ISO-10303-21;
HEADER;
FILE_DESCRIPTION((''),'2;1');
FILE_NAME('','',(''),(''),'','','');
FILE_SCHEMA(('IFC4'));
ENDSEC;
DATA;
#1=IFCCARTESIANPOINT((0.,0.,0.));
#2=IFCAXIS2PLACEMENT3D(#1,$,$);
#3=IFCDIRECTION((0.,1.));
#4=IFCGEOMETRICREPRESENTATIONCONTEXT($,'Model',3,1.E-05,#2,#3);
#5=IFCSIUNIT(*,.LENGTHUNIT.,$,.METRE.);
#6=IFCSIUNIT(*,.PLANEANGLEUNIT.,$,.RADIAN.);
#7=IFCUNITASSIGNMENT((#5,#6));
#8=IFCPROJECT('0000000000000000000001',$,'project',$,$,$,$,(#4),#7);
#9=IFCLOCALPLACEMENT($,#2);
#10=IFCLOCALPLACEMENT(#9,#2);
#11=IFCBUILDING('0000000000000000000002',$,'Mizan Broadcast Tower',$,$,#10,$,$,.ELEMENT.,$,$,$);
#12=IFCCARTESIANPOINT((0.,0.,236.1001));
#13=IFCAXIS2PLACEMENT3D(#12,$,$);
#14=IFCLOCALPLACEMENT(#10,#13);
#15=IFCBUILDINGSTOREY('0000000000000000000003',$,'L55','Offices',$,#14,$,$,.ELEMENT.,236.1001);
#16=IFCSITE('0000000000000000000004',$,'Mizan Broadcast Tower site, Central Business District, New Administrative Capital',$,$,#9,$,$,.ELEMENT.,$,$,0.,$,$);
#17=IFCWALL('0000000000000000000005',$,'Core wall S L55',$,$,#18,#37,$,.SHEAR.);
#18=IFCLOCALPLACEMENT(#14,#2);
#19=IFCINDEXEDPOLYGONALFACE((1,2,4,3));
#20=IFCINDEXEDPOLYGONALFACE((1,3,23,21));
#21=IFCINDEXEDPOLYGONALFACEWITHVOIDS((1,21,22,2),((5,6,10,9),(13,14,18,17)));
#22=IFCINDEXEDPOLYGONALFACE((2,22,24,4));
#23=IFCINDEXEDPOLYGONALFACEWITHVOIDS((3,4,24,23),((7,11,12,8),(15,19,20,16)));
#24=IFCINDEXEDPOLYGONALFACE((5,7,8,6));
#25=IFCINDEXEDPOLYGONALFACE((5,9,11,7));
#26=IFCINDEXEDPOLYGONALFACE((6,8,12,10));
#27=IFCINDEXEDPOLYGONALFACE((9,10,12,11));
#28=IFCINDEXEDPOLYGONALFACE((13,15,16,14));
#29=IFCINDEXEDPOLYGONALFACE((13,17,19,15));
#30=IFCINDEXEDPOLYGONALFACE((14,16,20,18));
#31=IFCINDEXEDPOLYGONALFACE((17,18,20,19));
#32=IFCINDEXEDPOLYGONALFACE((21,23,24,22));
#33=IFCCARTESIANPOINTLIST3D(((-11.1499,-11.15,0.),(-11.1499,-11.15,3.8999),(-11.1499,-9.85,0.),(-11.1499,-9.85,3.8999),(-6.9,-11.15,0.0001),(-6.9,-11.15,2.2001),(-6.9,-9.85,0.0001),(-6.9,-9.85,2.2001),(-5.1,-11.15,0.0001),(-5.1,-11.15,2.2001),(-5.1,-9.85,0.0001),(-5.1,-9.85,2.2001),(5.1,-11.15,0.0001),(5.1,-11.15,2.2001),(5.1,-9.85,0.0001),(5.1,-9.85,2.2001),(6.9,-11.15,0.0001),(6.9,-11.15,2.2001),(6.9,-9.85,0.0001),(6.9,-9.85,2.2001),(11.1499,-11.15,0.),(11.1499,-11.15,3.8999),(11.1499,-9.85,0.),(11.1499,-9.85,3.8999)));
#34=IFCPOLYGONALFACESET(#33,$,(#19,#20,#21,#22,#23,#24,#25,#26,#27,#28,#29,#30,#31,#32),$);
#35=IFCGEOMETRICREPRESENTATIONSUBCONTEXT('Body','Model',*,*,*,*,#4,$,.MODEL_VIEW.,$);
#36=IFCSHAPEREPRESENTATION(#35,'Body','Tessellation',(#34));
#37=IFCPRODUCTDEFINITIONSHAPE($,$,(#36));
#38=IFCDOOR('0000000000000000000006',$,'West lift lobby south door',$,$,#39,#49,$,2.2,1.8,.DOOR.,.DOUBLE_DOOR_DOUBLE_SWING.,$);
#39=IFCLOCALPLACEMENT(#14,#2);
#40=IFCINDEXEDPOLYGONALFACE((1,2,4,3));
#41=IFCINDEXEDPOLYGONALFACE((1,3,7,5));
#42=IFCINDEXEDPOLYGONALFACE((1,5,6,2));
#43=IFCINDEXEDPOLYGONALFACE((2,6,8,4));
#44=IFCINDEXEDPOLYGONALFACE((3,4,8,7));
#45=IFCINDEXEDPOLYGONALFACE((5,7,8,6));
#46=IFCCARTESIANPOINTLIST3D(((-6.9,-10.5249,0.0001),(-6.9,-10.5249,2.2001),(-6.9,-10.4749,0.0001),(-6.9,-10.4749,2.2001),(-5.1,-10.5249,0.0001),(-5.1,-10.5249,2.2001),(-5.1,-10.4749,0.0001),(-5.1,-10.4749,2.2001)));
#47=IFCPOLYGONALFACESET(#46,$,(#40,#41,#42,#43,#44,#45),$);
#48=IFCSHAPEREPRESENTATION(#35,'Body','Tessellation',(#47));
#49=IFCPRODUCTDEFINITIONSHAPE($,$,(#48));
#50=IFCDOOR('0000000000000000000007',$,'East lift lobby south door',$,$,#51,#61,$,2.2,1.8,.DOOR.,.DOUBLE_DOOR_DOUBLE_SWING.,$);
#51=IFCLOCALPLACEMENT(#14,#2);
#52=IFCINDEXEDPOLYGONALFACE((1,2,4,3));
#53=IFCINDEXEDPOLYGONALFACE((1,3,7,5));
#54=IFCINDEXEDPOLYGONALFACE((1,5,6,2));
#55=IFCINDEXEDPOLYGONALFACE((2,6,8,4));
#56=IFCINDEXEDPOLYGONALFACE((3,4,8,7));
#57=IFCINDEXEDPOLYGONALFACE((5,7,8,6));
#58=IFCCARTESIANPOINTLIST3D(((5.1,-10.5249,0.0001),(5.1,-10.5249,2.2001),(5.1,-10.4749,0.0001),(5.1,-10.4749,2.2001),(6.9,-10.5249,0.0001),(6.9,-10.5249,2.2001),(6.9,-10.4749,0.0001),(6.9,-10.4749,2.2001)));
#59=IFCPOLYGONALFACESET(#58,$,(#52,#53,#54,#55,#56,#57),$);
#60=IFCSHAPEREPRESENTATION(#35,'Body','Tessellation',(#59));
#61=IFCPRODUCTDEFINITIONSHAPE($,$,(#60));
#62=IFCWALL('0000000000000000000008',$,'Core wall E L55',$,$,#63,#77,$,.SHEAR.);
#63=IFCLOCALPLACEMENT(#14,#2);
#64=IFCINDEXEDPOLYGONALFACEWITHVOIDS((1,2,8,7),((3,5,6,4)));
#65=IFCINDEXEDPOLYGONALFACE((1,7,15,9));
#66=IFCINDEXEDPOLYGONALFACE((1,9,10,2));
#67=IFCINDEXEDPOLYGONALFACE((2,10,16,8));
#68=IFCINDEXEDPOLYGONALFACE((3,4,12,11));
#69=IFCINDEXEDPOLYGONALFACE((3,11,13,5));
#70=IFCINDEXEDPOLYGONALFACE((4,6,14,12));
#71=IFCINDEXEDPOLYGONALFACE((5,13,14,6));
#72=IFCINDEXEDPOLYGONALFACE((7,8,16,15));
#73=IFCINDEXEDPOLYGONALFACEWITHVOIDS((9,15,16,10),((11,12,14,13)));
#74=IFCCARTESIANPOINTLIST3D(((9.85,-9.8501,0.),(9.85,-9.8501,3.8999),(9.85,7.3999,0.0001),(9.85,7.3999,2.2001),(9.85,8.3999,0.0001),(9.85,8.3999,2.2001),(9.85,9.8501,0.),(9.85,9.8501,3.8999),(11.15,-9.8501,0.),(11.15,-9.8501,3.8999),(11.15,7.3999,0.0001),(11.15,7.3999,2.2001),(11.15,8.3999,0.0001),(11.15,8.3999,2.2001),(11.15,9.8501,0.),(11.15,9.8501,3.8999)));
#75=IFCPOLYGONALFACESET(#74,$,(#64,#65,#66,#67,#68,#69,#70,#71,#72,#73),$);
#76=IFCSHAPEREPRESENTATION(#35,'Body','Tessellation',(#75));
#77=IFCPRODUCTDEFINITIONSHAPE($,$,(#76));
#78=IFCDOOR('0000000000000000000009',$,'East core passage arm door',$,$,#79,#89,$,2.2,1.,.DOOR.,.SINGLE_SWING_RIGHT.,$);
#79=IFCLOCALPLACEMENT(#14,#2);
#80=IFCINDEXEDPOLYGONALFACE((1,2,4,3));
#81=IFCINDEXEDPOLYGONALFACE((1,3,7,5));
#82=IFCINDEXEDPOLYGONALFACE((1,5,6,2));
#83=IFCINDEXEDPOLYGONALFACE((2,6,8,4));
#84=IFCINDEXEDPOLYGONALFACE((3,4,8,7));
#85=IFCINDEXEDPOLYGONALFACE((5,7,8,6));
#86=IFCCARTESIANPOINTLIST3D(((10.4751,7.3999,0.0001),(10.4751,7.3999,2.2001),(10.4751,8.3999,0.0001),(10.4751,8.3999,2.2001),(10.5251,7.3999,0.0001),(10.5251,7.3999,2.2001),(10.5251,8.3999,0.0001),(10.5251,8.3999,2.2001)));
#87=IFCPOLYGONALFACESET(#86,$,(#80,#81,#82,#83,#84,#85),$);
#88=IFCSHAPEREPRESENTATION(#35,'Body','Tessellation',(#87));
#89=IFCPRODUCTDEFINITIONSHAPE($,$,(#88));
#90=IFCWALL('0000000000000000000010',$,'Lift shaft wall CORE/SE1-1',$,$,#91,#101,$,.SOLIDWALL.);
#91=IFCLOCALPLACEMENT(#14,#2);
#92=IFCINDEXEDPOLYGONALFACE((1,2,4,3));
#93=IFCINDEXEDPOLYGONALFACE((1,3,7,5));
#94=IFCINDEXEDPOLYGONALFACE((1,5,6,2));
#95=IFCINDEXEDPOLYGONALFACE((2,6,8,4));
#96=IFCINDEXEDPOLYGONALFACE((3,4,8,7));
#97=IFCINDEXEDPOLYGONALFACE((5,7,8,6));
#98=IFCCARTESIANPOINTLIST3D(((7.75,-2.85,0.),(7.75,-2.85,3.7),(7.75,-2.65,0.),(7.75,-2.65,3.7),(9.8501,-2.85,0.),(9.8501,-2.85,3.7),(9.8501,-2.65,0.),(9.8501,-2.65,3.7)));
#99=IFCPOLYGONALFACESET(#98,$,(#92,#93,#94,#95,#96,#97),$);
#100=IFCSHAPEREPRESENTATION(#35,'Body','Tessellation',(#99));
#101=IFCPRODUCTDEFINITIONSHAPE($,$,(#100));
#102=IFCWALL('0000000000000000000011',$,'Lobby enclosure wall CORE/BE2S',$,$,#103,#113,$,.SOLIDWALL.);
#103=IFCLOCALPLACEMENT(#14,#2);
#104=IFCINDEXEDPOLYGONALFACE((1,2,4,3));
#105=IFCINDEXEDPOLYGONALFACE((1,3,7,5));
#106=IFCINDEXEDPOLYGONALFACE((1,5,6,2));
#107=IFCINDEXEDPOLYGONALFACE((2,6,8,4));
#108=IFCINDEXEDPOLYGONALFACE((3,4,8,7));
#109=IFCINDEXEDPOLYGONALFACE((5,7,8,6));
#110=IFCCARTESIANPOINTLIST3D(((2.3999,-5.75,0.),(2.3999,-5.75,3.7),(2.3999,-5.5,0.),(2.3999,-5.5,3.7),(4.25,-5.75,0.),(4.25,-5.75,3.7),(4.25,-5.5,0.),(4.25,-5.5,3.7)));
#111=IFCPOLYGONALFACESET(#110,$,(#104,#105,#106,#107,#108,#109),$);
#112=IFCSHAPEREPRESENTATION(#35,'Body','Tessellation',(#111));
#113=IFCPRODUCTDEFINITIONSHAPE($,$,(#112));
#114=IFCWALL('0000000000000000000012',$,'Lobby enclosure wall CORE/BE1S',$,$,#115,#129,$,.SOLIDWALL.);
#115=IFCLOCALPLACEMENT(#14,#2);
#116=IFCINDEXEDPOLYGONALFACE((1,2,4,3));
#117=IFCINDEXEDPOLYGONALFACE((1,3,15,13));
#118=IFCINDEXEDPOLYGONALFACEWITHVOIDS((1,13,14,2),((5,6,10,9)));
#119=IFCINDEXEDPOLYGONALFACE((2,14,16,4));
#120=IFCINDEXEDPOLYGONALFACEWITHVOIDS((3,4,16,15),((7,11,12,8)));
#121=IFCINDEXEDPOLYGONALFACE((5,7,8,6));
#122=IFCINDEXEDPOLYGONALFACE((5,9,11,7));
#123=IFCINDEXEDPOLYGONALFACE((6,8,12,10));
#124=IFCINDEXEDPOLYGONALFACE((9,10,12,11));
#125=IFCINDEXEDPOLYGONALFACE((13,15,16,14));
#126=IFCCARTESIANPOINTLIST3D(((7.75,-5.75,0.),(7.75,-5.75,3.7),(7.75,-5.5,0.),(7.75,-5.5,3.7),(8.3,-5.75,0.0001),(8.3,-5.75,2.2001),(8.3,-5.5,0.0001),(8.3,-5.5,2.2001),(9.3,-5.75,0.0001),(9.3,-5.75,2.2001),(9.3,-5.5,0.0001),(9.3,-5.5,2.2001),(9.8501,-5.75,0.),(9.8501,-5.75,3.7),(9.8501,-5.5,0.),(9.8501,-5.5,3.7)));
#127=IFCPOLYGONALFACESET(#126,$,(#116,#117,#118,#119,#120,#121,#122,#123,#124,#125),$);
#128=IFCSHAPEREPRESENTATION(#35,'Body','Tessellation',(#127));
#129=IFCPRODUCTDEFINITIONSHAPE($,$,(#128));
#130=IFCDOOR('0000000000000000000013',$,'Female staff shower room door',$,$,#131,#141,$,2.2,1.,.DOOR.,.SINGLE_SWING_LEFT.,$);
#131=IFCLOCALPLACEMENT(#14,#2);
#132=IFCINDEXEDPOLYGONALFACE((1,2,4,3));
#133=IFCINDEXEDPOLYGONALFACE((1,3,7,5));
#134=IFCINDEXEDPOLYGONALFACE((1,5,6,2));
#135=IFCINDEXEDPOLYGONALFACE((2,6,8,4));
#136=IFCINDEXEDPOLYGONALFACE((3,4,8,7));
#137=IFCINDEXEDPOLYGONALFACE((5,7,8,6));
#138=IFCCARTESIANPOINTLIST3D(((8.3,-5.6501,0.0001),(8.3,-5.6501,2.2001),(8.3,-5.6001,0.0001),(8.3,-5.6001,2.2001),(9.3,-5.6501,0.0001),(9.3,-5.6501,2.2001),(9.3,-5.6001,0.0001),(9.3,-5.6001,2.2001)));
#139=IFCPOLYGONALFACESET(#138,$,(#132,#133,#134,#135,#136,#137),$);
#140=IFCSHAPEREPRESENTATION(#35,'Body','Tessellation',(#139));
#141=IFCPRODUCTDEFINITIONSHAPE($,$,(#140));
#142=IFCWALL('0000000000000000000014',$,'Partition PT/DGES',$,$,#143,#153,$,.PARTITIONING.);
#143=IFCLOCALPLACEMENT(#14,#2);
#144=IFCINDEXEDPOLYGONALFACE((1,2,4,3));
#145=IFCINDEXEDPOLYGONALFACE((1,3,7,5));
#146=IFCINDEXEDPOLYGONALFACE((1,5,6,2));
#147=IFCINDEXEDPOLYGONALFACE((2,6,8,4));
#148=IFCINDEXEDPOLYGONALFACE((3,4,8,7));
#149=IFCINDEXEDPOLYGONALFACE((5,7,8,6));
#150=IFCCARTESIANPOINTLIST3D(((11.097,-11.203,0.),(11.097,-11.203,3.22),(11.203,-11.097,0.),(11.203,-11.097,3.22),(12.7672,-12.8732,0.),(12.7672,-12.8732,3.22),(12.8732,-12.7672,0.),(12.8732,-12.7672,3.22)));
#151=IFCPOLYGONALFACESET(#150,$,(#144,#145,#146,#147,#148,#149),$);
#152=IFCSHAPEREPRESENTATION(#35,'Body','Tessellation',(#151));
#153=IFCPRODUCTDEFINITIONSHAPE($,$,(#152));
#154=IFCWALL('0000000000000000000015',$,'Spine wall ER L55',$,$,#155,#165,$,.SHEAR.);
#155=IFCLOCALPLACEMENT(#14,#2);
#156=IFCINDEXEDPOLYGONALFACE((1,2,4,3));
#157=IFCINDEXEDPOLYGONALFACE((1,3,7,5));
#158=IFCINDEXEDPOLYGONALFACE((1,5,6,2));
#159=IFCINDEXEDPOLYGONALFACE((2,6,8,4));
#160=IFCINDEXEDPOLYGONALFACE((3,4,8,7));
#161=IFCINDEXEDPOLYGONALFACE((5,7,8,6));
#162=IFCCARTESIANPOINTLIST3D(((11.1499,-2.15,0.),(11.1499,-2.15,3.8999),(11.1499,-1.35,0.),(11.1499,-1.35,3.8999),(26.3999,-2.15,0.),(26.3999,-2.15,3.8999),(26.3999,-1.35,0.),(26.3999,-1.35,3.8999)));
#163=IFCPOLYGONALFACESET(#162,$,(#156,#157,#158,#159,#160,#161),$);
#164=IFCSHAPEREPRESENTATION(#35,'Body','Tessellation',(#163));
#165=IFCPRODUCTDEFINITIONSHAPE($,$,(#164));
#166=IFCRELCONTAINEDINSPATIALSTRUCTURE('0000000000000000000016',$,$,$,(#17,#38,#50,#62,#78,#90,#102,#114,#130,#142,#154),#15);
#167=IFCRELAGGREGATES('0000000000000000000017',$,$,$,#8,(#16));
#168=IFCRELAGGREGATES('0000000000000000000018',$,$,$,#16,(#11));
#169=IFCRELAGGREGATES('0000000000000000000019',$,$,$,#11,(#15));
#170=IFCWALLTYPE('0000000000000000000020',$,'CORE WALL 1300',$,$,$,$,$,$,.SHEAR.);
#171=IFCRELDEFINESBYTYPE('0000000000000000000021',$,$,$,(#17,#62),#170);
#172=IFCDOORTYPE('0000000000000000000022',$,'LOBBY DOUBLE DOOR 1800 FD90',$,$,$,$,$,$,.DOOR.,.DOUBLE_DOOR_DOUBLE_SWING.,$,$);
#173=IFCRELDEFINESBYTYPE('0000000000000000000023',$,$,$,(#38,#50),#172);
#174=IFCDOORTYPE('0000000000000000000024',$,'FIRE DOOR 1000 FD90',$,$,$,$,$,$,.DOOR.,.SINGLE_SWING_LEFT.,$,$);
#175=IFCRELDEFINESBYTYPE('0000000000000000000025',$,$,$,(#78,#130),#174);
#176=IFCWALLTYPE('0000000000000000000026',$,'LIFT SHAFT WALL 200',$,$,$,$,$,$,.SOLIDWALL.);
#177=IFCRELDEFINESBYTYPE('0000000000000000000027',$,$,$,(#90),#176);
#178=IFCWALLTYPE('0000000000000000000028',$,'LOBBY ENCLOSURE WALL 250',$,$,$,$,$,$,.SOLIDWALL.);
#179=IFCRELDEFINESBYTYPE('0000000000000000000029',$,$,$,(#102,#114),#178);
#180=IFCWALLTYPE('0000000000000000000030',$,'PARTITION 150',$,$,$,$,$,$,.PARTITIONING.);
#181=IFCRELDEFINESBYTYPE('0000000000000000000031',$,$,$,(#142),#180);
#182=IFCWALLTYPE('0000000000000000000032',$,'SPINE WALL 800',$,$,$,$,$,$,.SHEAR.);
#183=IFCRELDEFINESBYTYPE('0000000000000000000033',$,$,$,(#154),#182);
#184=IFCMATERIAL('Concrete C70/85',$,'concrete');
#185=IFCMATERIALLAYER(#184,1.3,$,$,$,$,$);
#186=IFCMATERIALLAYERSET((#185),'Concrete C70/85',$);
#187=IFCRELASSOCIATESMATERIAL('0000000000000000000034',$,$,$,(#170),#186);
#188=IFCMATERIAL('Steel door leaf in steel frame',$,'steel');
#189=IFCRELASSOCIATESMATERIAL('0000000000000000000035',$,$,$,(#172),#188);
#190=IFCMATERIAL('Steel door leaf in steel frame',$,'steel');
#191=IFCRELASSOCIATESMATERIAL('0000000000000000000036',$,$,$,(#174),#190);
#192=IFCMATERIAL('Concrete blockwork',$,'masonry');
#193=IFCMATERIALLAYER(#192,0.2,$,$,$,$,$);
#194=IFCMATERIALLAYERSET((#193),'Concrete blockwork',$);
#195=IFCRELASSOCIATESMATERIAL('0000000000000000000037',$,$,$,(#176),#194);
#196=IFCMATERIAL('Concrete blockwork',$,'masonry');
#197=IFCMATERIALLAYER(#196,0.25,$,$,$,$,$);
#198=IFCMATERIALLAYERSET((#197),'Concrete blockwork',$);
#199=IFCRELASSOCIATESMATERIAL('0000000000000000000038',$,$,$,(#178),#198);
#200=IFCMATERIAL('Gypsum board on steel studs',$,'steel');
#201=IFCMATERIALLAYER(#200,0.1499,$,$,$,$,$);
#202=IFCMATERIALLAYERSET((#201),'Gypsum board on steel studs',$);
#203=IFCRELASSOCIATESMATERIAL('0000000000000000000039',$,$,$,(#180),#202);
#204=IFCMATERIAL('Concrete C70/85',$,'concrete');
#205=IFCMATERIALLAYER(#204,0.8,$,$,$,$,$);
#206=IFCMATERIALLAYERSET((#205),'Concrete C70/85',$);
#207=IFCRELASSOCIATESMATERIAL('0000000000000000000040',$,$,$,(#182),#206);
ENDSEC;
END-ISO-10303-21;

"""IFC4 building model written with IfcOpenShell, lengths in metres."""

from ifc_helpers import new_model, si_unit, direction, frame, frame_2d, origin, place, context, subcontext, project, spatial, rectangle, extrude, material, layer, layer_set, type_object, element, fill, save


model = new_model("IFC4")

# Units and contexts
model_context = context("Model", 3, precision=1e-05, world=origin(), true_north=direction((0.0, 1.0)))
body_context = subcontext(model_context, "Body", "Model", "MODEL_VIEW")
ifc_project = project(units=[si_unit("LENGTHUNIT", "METRE"), si_unit("PLANEANGLEUNIT", "RADIAN")], contexts=[model_context])

# Site, building, storey
site_placement = place(None, origin())
site = spatial("IfcSite", under=ifc_project, at=site_placement, Name="Mizan Broadcast Tower site, Central Business District, New Administrative Capital", CompositionType="ELEMENT", RefElevation=0.0)
building_placement = place(site_placement, origin())
building = spatial("IfcBuilding", under=site, at=building_placement, Name="Mizan Broadcast Tower", CompositionType="ELEMENT")
storey_placement = place(building_placement, frame((0.0, 0.0, 236.1001)))
storey = spatial("IfcBuildingStorey", under=building, at=storey_placement, Name="L55", Description="Offices", CompositionType="ELEMENT", Elevation=236.1001)

# Wall, openings, doors
ifc_material_1 = material(Name="Concrete C70/85", Category="concrete")
ifc_layer_1 = layer(ifc_material_1, 1.3)
ifc_layer_set_1 = layer_set([ifc_layer_1], Name="Concrete C70/85")
wall_type_1 = type_object("IfcWallType", Name="CORE WALL 1300", PredefinedType="SHEAR", material=ifc_layer_set_1)
wall_1_placement = place(storey_placement, frame((11.1499, -10.5, 0.0), z_axis=(0.0, 0.0, 1.0), x_axis=(-1.0, 0.0, 0.0)))
wall_1 = element("IfcWall", 1, at=wall_1_placement, inside=storey, type_object=wall_type_1, Name="Core wall S L55", PredefinedType="SHEAR", context=body_context, shape_type="SweptSolid", body=[
    extrude(rectangle(XDim=22.2998, YDim=1.3, at=frame_2d((11.1499, 0.0))), origin(), (0.0, 0.0, 1.0), 3.8999),
])
opening_1_placement = place(wall_1_placement, frame((16.25, 0.0, 0.0)))
opening_1 = element("IfcOpeningElement", 2, at=opening_1_placement, cuts=wall_1, PredefinedType="OPENING", context=body_context, shape_type="SweptSolid", body=[
    extrude(rectangle(XDim=1.8, YDim=2.2, at=frame_2d((0.8999, 1.1001))), frame((0.0, 0.6599, 0.0), z_axis=(0.0, -1.0, 0.0), x_axis=(1.0, 0.0, 0.0)), (0.0, 0.0, 1.0), 1.3201),
])
opening_2_placement = place(wall_1_placement, frame((4.25, 0.0, 0.0)))
opening_2 = element("IfcOpeningElement", 3, at=opening_2_placement, cuts=wall_1, PredefinedType="OPENING", context=body_context, shape_type="SweptSolid", body=[
    extrude(rectangle(XDim=1.8, YDim=2.2, at=frame_2d((0.8999, 1.1001))), frame((0.0, 0.6599, 0.0), z_axis=(0.0, -1.0, 0.0), x_axis=(1.0, 0.0, 0.0)), (0.0, 0.0, 1.0), 1.3201),
])
ifc_material_2 = material(Name="Steel door leaf in steel frame", Category="steel")
door_type_1 = type_object("IfcDoorType", Name="LOBBY DOUBLE DOOR 1800 FD90", OperationType="DOUBLE_DOOR_DOUBLE_SWING", PredefinedType="DOOR", material=ifc_material_2)
door_1_placement = place(opening_1_placement, origin())
door_1 = element("IfcDoor", 4, at=door_1_placement, inside=storey, type_object=door_type_1, Name="West lift lobby south door", OperationType="DOUBLE_DOOR_DOUBLE_SWING", OverallHeight=2.2, OverallWidth=1.8, PredefinedType="DOOR", context=body_context, shape_type="SweptSolid", body=[
    extrude(rectangle(XDim=1.8, YDim=2.2, at=frame_2d((0.8999, 1.1001))), frame((0.0, 0.0249, 0.0), z_axis=(0.0, -1.0, 0.0), x_axis=(1.0, 0.0, 0.0)), (0.0, 0.0, 1.0), 0.05),
])
fill(opening_1, door_1)
door_2_placement = place(opening_2_placement, origin())
door_2 = element("IfcDoor", 5, at=door_2_placement, inside=storey, type_object=door_type_1, Name="East lift lobby south door", OperationType="DOUBLE_DOOR_DOUBLE_SWING", OverallHeight=2.2, OverallWidth=1.8, PredefinedType="DOOR", context=body_context, shape_type="SweptSolid", body=[
    extrude(rectangle(XDim=1.8, YDim=2.2, at=frame_2d((0.8999, 1.1001))), frame((0.0, 0.0249, 0.0), z_axis=(0.0, -1.0, 0.0), x_axis=(1.0, 0.0, 0.0)), (0.0, 0.0, 1.0), 0.05),
])
fill(opening_2, door_2)

# Wall, opening, door
wall_2_placement = place(storey_placement, frame((10.5, -9.8501, 0.0), z_axis=(0.0, 0.0, 1.0), x_axis=(0.0, 1.0, 0.0)))
wall_2 = element("IfcWall", 6, at=wall_2_placement, inside=storey, type_object=wall_type_1, Name="Core wall E L55", PredefinedType="SHEAR", context=body_context, shape_type="SweptSolid", body=[
    extrude(rectangle(XDim=19.7002, YDim=1.3, at=frame_2d((9.8501, 0.0))), origin(), (0.0, 0.0, 1.0), 3.8999),
])
opening_3_placement = place(wall_2_placement, frame((17.25, 0.0, 0.0)))
opening_3 = element("IfcOpeningElement", 7, at=opening_3_placement, cuts=wall_2, PredefinedType="OPENING", context=body_context, shape_type="SweptSolid", body=[
    extrude(rectangle(XDim=1.0, YDim=2.2, at=frame_2d((0.5, 1.1001))), frame((0.0, 0.6599, 0.0), z_axis=(0.0, -1.0, 0.0), x_axis=(1.0, 0.0, 0.0)), (0.0, 0.0, 1.0), 1.3201),
])
ifc_material_3 = material(Name="Steel door leaf in steel frame", Category="steel")
door_type_2 = type_object("IfcDoorType", Name="FIRE DOOR 1000 FD90", OperationType="SINGLE_SWING_LEFT", PredefinedType="DOOR", material=ifc_material_3)
door_3_placement = place(opening_3_placement, origin())
door_3 = element("IfcDoor", 8, at=door_3_placement, inside=storey, type_object=door_type_2, Name="East core passage arm door", OperationType="SINGLE_SWING_RIGHT", OverallHeight=2.2, OverallWidth=1.0, PredefinedType="DOOR", context=body_context, shape_type="SweptSolid", body=[
    extrude(rectangle(XDim=1.0, YDim=2.2, at=frame_2d((0.5, 1.1001))), frame((0.0, 0.0249, 0.0), z_axis=(0.0, -1.0, 0.0), x_axis=(1.0, 0.0, 0.0)), (0.0, 0.0, 1.0), 0.05),
])
fill(opening_3, door_3)

# Walls
ifc_material_4 = material(Name="Concrete blockwork", Category="masonry")
ifc_layer_2 = layer(ifc_material_4, 0.2)
ifc_layer_set_2 = layer_set([ifc_layer_2], Name="Concrete blockwork")
wall_type_2 = type_object("IfcWallType", Name="LIFT SHAFT WALL 200", PredefinedType="SOLIDWALL", material=ifc_layer_set_2)
wall_3_placement = place(storey_placement, frame((7.75, -2.75, 0.0), z_axis=(0.0, 0.0, 1.0), x_axis=(1.0, 0.0, 0.0)))
element("IfcWall", 9, at=wall_3_placement, inside=storey, type_object=wall_type_2, Name="Lift shaft wall CORE/SE1-1", PredefinedType="SOLIDWALL", context=body_context, shape_type="SweptSolid", body=[
    extrude(rectangle(XDim=2.1001, YDim=0.2, at=frame_2d((1.05, 0.0))), origin(), (0.0, 0.0, 1.0), 3.7),
])
ifc_material_5 = material(Name="Concrete blockwork", Category="masonry")
ifc_layer_3 = layer(ifc_material_5, 0.25)
ifc_layer_set_3 = layer_set([ifc_layer_3], Name="Concrete blockwork")
wall_type_3 = type_object("IfcWallType", Name="LOBBY ENCLOSURE WALL 250", PredefinedType="SOLIDWALL", material=ifc_layer_set_3)
wall_4_placement = place(storey_placement, frame((2.3999, -5.625, 0.0), z_axis=(0.0, 0.0, 1.0), x_axis=(1.0, 0.0, 0.0)))
element("IfcWall", 10, at=wall_4_placement, inside=storey, type_object=wall_type_3, Name="Lobby enclosure wall CORE/BE2S", PredefinedType="SOLIDWALL", context=body_context, shape_type="SweptSolid", body=[
    extrude(rectangle(XDim=1.8501, YDim=0.25, at=frame_2d((0.925, 0.0))), origin(), (0.0, 0.0, 1.0), 3.7),
])

# Wall, opening, door
wall_5_placement = place(storey_placement, frame((7.75, -5.625, 0.0), z_axis=(0.0, 0.0, 1.0), x_axis=(1.0, 0.0, 0.0)))
wall_5 = element("IfcWall", 11, at=wall_5_placement, inside=storey, type_object=wall_type_3, Name="Lobby enclosure wall CORE/BE1S", PredefinedType="SOLIDWALL", context=body_context, shape_type="SweptSolid", body=[
    extrude(rectangle(XDim=2.1001, YDim=0.25, at=frame_2d((1.05, 0.0))), origin(), (0.0, 0.0, 1.0), 3.7),
])
opening_4_placement = place(wall_5_placement, frame((0.55, 0.0, 0.0)))
opening_4 = element("IfcOpeningElement", 12, at=opening_4_placement, cuts=wall_5, PredefinedType="OPENING", context=body_context, shape_type="SweptSolid", body=[
    extrude(rectangle(XDim=1.0, YDim=2.2, at=frame_2d((0.5, 1.1001))), frame((0.0, 0.135, 0.0), z_axis=(0.0, -1.0, 0.0), x_axis=(1.0, 0.0, 0.0)), (0.0, 0.0, 1.0), 0.27),
])
door_4_placement = place(opening_4_placement, origin())
door_4 = element("IfcDoor", 13, at=door_4_placement, inside=storey, type_object=door_type_2, Name="Female staff shower room door", OperationType="SINGLE_SWING_LEFT", OverallHeight=2.2, OverallWidth=1.0, PredefinedType="DOOR", context=body_context, shape_type="SweptSolid", body=[
    extrude(rectangle(XDim=1.0, YDim=2.2, at=frame_2d((0.5, 1.1001))), frame((0.0, 0.0249, 0.0), z_axis=(0.0, -1.0, 0.0), x_axis=(1.0, 0.0, 0.0)), (0.0, 0.0, 1.0), 0.05),
])
fill(opening_4, door_4)

# Walls
ifc_material_6 = material(Name="Gypsum board on steel studs", Category="steel")
ifc_layer_4 = layer(ifc_material_6, 0.1499)
ifc_layer_set_4 = layer_set([ifc_layer_4], Name="Gypsum board on steel studs")
wall_type_4 = type_object("IfcWallType", Name="PARTITION 150", PredefinedType="PARTITIONING", material=ifc_layer_set_4)
wall_6_placement = place(storey_placement, frame((11.1499, -11.1499, 0.0), z_axis=(0.0, 0.0, 1.0), x_axis=(0.707107, -0.707107, 0.0)))
element("IfcWall", 14, at=wall_6_placement, inside=storey, type_object=wall_type_4, Name="Partition PT/DGES", PredefinedType="PARTITIONING", context=body_context, shape_type="SweptSolid", body=[
    extrude(rectangle(XDim=2.3621, YDim=0.1499, at=frame_2d((1.1812, 0.0))), origin(), (0.0, 0.0, 1.0), 3.22),
])
ifc_material_7 = material(Name="Concrete C70/85", Category="concrete")
ifc_layer_5 = layer(ifc_material_7, 0.8)
ifc_layer_set_5 = layer_set([ifc_layer_5], Name="Concrete C70/85")
wall_type_5 = type_object("IfcWallType", Name="SPINE WALL 800", PredefinedType="SHEAR", material=ifc_layer_set_5)
for number, where, z_axis, x_axis, name in (
    (15, (11.1499, -1.75, 0.0), (0.0, 0.0, 1.0), (1.0, 0.0, 0.0), "Spine wall ER L55"),
):
    element("IfcWall", number, at=place(storey_placement, frame(where, z_axis=z_axis, x_axis=x_axis)), inside=storey, type_object=wall_type_5, Name=name, PredefinedType="SHEAR", context=body_context, shape_type="SweptSolid", body=[
        extrude(rectangle(XDim=15.25, YDim=0.8, at=frame_2d((7.625, 0.0))), origin(), (0.0, 0.0, 1.0), 3.8999),
    ])

save(model, "model.ifc")
